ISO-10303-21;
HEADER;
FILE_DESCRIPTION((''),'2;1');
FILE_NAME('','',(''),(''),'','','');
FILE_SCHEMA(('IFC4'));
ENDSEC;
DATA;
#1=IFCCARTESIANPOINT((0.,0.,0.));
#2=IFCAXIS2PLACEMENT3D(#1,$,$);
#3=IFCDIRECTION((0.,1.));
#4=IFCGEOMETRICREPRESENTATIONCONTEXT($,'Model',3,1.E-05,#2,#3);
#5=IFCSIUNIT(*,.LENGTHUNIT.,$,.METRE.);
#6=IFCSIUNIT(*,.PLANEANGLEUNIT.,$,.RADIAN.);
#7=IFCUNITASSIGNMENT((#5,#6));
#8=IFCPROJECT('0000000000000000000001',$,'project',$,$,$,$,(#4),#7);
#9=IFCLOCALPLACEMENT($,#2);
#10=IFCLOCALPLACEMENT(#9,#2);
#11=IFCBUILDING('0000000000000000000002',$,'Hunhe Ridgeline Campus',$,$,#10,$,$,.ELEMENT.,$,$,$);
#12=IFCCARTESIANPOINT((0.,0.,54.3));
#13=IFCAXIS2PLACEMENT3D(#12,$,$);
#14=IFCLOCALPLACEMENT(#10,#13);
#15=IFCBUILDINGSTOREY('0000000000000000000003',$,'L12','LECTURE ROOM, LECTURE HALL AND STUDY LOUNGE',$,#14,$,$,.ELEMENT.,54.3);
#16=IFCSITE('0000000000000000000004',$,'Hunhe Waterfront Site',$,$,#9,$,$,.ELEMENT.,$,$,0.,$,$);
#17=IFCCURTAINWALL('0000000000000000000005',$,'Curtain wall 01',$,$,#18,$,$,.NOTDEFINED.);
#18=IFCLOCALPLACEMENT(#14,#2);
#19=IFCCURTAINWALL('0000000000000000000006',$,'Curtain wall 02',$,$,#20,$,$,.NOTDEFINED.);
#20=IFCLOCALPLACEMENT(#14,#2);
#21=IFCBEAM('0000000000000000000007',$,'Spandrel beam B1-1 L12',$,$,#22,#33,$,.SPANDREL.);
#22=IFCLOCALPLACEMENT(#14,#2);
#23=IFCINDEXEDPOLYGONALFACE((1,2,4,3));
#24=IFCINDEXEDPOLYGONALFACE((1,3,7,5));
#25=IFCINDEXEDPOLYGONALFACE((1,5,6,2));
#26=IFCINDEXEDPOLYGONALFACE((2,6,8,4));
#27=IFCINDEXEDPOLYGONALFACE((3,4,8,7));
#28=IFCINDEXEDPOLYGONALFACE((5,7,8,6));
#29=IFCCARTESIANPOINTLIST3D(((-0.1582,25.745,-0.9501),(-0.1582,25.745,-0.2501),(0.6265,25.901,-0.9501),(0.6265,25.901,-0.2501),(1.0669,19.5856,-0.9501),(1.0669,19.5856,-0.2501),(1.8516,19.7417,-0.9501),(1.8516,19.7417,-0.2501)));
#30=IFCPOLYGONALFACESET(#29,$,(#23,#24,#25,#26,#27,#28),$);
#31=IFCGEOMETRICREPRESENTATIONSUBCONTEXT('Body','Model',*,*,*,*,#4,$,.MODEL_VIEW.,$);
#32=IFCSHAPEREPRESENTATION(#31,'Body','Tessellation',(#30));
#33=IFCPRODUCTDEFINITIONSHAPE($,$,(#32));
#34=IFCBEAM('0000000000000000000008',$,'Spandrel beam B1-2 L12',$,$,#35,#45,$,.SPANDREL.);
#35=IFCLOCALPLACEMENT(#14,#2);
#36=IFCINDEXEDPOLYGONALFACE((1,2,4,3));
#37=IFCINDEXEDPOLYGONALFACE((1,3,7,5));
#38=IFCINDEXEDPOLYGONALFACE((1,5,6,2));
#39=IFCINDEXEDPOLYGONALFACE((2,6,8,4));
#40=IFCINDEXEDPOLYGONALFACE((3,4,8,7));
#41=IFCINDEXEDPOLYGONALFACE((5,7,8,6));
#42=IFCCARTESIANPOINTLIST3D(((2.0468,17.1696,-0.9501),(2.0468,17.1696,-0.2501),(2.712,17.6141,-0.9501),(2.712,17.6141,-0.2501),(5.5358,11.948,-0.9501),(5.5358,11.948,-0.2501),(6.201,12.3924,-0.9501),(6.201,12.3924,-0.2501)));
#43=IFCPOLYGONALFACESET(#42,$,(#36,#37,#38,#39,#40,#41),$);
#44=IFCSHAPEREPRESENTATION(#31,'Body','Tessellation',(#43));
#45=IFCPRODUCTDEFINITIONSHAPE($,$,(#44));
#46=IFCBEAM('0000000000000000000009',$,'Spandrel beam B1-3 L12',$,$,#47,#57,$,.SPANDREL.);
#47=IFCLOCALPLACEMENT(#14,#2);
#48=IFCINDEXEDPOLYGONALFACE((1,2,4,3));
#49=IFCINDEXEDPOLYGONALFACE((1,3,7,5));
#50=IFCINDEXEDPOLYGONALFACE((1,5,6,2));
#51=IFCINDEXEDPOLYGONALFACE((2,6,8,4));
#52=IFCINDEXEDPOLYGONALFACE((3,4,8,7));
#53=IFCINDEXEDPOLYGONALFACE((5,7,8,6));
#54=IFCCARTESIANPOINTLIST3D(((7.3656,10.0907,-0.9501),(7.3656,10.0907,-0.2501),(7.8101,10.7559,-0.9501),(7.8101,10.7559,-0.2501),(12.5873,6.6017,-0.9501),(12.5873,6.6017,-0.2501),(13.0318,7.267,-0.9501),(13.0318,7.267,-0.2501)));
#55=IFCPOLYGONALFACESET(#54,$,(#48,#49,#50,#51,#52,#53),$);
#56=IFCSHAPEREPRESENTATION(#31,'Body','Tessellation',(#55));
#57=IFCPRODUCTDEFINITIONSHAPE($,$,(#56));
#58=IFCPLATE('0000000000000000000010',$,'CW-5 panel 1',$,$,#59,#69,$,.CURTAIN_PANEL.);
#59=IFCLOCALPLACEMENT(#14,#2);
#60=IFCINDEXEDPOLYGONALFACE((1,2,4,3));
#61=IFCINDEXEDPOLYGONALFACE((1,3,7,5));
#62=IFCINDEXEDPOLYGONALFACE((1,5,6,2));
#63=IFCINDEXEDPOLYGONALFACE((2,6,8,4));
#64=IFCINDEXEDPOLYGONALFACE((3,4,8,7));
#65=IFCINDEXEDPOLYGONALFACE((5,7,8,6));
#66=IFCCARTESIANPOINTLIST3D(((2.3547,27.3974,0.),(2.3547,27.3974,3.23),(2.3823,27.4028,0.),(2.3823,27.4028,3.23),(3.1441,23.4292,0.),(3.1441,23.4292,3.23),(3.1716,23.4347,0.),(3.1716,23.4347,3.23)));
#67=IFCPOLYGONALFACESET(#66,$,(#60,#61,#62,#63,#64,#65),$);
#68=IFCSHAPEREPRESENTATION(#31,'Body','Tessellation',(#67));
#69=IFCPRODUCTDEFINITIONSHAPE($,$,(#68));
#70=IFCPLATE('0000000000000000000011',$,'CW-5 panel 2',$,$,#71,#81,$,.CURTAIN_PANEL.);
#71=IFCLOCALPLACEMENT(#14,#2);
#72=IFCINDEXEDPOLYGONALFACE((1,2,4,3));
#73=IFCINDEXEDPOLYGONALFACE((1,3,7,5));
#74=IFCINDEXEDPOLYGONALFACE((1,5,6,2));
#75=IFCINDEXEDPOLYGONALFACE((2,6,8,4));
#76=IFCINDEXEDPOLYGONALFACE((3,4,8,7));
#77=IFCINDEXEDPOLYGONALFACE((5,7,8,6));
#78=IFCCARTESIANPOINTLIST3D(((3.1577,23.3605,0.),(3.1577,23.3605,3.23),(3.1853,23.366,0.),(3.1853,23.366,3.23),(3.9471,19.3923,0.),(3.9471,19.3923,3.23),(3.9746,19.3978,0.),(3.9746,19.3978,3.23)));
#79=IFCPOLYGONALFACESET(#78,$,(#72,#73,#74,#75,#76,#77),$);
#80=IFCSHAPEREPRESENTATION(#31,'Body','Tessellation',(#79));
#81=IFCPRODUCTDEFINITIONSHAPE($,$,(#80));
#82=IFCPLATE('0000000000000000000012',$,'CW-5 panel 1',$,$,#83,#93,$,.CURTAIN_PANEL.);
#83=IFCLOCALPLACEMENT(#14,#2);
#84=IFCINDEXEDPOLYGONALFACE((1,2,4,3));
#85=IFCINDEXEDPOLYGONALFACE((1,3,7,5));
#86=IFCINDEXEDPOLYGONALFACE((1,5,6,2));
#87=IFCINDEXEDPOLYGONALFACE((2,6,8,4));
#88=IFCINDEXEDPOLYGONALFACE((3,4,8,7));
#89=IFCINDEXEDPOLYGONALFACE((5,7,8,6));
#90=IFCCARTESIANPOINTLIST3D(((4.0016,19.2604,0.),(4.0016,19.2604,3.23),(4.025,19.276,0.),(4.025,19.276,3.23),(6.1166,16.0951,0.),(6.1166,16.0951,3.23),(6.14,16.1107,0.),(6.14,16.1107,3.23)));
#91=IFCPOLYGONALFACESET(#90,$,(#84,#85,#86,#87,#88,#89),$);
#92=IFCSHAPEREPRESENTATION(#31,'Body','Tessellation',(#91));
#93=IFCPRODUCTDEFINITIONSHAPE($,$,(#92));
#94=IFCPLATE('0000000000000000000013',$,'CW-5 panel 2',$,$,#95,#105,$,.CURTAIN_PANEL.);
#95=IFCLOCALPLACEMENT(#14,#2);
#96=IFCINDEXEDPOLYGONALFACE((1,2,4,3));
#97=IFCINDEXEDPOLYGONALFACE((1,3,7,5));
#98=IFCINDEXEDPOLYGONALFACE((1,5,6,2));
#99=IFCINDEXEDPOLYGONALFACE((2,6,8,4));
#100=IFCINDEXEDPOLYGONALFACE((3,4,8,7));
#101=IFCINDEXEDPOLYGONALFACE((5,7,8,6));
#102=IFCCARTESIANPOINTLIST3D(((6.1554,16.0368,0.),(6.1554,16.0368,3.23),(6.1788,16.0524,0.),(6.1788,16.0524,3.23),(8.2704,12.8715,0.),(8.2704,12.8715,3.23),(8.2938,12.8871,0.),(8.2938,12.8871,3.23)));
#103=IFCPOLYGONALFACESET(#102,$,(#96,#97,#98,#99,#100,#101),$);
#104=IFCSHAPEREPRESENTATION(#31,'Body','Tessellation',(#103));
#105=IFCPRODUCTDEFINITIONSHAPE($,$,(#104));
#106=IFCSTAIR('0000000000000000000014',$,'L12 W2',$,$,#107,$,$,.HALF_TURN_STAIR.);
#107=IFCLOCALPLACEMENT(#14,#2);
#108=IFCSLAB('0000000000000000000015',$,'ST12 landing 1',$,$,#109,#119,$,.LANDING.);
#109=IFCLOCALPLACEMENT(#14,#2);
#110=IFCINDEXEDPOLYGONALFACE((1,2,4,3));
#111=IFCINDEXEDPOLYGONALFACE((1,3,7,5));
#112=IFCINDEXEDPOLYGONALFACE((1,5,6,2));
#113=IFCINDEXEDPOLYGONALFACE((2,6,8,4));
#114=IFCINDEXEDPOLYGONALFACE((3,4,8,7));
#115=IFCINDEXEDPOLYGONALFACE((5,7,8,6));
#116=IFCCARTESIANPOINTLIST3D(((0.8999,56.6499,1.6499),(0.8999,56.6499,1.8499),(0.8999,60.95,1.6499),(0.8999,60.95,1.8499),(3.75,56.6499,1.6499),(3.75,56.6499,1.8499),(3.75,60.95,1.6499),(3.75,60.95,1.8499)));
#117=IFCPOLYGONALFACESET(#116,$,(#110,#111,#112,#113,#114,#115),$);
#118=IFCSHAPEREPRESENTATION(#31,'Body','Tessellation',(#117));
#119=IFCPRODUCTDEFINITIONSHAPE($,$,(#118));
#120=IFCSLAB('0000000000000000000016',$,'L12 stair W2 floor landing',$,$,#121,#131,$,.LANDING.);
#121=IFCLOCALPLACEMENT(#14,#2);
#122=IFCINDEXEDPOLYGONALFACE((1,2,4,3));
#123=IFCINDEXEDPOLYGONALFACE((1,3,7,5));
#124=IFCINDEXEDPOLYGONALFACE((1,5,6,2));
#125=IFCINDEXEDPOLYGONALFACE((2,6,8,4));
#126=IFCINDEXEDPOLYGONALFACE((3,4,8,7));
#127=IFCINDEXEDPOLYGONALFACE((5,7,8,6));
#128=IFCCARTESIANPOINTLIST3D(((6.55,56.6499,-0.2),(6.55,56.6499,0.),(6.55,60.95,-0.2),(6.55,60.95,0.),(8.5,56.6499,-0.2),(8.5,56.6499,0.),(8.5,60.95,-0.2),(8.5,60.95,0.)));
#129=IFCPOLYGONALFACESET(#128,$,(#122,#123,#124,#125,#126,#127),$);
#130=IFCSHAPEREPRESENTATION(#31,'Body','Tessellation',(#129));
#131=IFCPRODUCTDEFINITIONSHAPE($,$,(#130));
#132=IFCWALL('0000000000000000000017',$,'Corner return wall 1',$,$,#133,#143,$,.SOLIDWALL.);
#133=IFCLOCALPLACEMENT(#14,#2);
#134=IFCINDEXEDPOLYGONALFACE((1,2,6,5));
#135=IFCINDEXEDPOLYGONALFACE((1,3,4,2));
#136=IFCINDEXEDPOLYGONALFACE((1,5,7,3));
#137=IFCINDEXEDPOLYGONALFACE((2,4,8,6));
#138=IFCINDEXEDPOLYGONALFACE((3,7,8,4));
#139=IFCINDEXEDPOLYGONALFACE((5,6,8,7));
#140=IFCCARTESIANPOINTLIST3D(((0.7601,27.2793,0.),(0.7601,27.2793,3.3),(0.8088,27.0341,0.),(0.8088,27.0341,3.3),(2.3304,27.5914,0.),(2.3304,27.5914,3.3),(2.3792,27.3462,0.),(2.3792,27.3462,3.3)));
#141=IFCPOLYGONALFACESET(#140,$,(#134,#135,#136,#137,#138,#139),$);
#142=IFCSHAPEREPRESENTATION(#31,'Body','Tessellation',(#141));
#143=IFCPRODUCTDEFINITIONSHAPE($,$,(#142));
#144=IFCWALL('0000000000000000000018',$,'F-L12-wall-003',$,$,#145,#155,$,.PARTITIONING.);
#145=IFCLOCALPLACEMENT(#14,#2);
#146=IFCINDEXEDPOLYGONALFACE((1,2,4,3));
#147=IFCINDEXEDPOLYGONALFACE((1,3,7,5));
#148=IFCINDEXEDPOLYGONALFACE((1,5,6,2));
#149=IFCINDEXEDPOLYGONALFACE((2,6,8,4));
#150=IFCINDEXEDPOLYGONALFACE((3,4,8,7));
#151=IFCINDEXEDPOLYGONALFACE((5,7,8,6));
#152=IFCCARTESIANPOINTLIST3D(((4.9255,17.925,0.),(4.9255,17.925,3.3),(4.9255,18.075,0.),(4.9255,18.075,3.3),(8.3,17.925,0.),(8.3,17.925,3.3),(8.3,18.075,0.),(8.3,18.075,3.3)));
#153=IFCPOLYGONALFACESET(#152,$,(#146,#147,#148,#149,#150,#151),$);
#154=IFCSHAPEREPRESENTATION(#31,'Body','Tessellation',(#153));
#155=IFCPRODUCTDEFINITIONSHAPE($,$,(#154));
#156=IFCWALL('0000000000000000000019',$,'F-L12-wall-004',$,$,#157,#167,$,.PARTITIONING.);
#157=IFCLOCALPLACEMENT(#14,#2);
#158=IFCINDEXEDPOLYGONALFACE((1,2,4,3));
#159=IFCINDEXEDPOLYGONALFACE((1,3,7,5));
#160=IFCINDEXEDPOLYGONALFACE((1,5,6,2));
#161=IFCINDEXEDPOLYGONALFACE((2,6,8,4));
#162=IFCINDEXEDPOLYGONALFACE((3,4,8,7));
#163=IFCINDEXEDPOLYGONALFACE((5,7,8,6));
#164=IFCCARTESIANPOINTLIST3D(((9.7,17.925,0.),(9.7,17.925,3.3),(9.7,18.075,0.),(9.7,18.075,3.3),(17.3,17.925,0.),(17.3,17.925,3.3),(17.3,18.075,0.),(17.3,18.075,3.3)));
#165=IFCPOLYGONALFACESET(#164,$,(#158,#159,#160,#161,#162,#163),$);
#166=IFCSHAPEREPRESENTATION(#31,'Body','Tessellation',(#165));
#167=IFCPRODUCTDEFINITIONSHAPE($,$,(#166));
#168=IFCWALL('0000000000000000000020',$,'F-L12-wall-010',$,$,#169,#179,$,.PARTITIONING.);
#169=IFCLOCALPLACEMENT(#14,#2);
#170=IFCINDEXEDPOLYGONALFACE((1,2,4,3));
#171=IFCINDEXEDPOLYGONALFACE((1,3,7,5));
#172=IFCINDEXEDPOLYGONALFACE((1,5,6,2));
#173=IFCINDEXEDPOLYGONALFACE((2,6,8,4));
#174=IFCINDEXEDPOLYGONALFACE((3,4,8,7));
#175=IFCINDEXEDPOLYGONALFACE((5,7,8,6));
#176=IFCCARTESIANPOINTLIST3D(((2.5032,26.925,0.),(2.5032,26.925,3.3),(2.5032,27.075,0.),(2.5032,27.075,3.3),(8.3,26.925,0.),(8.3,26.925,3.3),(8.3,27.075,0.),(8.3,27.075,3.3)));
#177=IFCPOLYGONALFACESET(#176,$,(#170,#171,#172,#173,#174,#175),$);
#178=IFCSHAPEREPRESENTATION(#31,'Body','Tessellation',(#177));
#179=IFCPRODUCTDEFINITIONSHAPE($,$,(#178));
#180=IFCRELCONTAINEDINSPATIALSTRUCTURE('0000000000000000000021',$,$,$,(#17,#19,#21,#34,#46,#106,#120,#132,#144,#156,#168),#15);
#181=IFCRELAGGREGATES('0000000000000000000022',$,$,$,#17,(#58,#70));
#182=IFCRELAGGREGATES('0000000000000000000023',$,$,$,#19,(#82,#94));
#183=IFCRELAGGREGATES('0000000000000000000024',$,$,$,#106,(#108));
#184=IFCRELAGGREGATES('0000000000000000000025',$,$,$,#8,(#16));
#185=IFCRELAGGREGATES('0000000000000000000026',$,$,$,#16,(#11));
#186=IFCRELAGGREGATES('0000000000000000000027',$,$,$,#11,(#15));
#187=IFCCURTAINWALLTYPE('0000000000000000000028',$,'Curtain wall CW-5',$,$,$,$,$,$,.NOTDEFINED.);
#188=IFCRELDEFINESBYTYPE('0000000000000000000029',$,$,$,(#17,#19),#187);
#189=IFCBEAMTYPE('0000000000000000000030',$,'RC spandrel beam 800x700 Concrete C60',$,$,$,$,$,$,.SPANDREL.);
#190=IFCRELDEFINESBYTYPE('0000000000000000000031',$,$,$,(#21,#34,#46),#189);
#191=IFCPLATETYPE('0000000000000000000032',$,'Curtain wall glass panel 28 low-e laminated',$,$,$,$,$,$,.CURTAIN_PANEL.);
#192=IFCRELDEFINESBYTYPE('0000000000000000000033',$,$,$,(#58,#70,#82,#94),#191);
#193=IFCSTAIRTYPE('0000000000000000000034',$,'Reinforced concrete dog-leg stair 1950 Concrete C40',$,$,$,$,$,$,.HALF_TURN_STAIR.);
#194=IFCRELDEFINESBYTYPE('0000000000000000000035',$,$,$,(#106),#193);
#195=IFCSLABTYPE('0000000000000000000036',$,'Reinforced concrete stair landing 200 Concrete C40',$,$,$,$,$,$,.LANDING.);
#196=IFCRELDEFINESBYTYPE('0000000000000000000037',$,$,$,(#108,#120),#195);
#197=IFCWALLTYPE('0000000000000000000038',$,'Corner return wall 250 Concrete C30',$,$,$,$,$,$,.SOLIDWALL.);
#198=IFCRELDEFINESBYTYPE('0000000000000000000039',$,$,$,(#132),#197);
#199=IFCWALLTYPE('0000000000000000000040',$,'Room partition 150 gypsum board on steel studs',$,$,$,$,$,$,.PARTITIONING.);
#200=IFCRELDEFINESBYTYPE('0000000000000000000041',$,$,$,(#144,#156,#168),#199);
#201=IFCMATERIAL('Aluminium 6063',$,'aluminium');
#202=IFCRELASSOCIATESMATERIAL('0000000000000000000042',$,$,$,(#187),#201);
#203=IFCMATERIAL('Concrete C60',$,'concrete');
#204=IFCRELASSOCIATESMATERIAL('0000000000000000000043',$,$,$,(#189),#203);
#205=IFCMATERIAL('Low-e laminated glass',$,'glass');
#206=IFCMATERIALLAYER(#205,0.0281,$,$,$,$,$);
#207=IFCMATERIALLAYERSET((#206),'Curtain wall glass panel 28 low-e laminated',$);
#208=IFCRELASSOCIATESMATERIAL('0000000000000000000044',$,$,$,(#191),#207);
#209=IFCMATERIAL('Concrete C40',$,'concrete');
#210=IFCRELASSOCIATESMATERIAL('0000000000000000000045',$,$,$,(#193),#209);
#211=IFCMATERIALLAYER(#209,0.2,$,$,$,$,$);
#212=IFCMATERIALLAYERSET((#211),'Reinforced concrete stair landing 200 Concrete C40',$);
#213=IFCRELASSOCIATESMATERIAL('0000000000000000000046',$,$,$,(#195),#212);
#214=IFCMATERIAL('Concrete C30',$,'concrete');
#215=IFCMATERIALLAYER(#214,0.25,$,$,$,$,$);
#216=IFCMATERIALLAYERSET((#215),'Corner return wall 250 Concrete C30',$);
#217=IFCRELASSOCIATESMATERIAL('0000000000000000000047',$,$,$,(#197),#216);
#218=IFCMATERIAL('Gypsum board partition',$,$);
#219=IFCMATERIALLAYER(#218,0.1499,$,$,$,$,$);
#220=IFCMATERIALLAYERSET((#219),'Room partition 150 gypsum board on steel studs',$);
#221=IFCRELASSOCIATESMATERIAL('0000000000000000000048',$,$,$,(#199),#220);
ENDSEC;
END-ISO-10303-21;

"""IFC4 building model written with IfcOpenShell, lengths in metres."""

from ifc_helpers import new_model, si_unit, direction, frame, frame_2d, origin, origin_2d, place, context, subcontext, project, spatial, polyline, rectangle, outline, extrude, material, layer, layer_set, material_profile, profile_set, type_object, element, aggregate, save


model = new_model("IFC4")

# Units and contexts
model_context = context("Model", 3, precision=1e-05, world=origin(), true_north=direction((0.0, 1.0)))
body_context = subcontext(model_context, "Body", "Model", "MODEL_VIEW")
ifc_project = project(units=[si_unit("LENGTHUNIT", "METRE"), si_unit("PLANEANGLEUNIT", "RADIAN")], contexts=[model_context])

# Site, building, storey
site_placement = place(None, origin())
site = spatial("IfcSite", under=ifc_project, at=site_placement, Name="Hunhe Waterfront Site", CompositionType="ELEMENT", RefElevation=0.0)
building_placement = place(site_placement, origin())
building = spatial("IfcBuilding", under=site, at=building_placement, Name="Hunhe Ridgeline Campus", CompositionType="ELEMENT")
storey_placement = place(building_placement, frame((0.0, 0.0, 54.3)))
storey = spatial("IfcBuildingStorey", under=building, at=storey_placement, Name="L12", Description="LECTURE ROOM, LECTURE HALL AND STUDY LOUNGE", CompositionType="ELEMENT", Elevation=54.3)

# Curtain walls
ifc_material_1 = material(Name="Aluminium 6063", Category="aluminium")
curtain_wall_type = type_object("IfcCurtainWallType", Name="Curtain wall CW-5", PredefinedType="NOTDEFINED", material=ifc_material_1)
curtain_wall_1_placement = place(storey_placement, origin())
curtain_wall_1 = element("IfcCurtainWall", 1, at=curtain_wall_1_placement, inside=storey, type_object=curtain_wall_type, Name="Curtain wall 01", PredefinedType="NOTDEFINED")
curtain_wall_2_placement = place(storey_placement, origin())
curtain_wall_2 = element("IfcCurtainWall", 2, at=curtain_wall_2_placement, inside=storey, type_object=curtain_wall_type, Name="Curtain wall 02", PredefinedType="NOTDEFINED")

# Beams
ifc_material_2 = material(Name="Concrete C60", Category="concrete")
ifc_material_profile_1 = material_profile(ifc_material_2, rectangle(XDim=0.8, YDim=0.7, at=origin_2d()))
ifc_profile_set_1 = profile_set([ifc_material_profile_1], Name="Concrete C60")
beam_type = type_object("IfcBeamType", Name="RC spandrel beam 800x700 Concrete C60", PredefinedType="SPANDREL", material=ifc_profile_set_1)
for number, where, z_axis, x_axis, name in (
    (3, (0.2341, 25.823, -0.6001), (0.195077, -0.980788, 0.0), (0.980788, 0.195077, 0.0), "Spandrel beam B1-1 L12"),
    (4, (2.3794, 17.3918, -0.6001), (0.55557, -0.83147, 0.0), (0.83147, 0.55557, 0.0), "Spandrel beam B1-2 L12"),
    (5, (7.5879, 10.4233, -0.6001), (0.83147, -0.55557, 0.0), (0.55557, 0.83147, 0.0), "Spandrel beam B1-3 L12"),
):
    element("IfcBeam", number, at=place(storey_placement, frame(where, z_axis=z_axis, x_axis=x_axis)), inside=storey, type_object=beam_type, Name=name, PredefinedType="SPANDREL", context=body_context, shape_type="SweptSolid", body=[
        extrude(rectangle(XDim=0.8, YDim=0.7, at=origin_2d()), origin(), (0.0, 0.0, 1.0), 6.28),
    ])

# Plates
ifc_material_3 = material(Name="Low-e laminated glass", Category="glass")
ifc_layer_1 = layer(ifc_material_3, 0.0281)
ifc_layer_set_1 = layer_set([ifc_layer_1], Name="Curtain wall glass panel 28 low-e laminated")
plate_type = type_object("IfcPlateType", Name="Curtain wall glass panel 28 low-e laminated", PredefinedType="CURTAIN_PANEL", material=ifc_layer_set_1)
plate_1_placement = place(storey_placement, frame((2.7632, 25.416, 0.0), z_axis=(0.0, 0.0, 1.0), x_axis=(0.195095, -0.980784, 0.0)))
plate_1 = element("IfcPlate", 6, at=plate_1_placement, type_object=plate_type, Name="CW-5 panel 1", PredefinedType="CURTAIN_PANEL", context=body_context, shape_type="SweptSolid", body=[
    extrude(rectangle(XDim=4.0459, YDim=0.0281, at=origin_2d()), origin(), (0.0, 0.0, 1.0), 3.23),
])
plate_2_placement = place(storey_placement, frame((3.5662, 21.3792, 0.0), z_axis=(0.0, 0.0, 1.0), x_axis=(0.195095, -0.980784, 0.0)))
plate_2 = element("IfcPlate", 7, at=plate_2_placement, type_object=plate_type, Name="CW-5 panel 2", PredefinedType="CURTAIN_PANEL", context=body_context, shape_type="SweptSolid", body=[
    extrude(rectangle(XDim=4.0459, YDim=0.0281, at=origin_2d()), origin(), (0.0, 0.0, 1.0), 3.23),
])
aggregate(curtain_wall_1, [plate_1, plate_2])
plate_3_placement = place(storey_placement, frame((5.0708, 17.6855, 0.0), z_axis=(0.0, 0.0, 1.0), x_axis=(0.55557, -0.83147, 0.0)))
plate_3 = element("IfcPlate", 8, at=plate_3_placement, type_object=plate_type, Name="CW-5 panel 1", PredefinedType="CURTAIN_PANEL", context=body_context, shape_type="SweptSolid", body=[
    extrude(rectangle(XDim=3.8069, YDim=0.0281, at=origin_2d()), origin(), (0.0, 0.0, 1.0), 3.23),
])
plate_4_placement = place(storey_placement, frame((7.2246, 14.4619, 0.0), z_axis=(0.0, 0.0, 1.0), x_axis=(0.55557, -0.83147, 0.0)))
plate_4 = element("IfcPlate", 9, at=plate_4_placement, type_object=plate_type, Name="CW-5 panel 2", PredefinedType="CURTAIN_PANEL", context=body_context, shape_type="SweptSolid", body=[
    extrude(rectangle(XDim=3.8069, YDim=0.0281, at=origin_2d()), origin(), (0.0, 0.0, 1.0), 3.23),
])
aggregate(curtain_wall_2, [plate_3, plate_4])

# Stair, slab
ifc_material_4 = material(Name="Concrete C40", Category="concrete")
stair_type = type_object("IfcStairType", Name="Reinforced concrete dog-leg stair 1950 Concrete C40", PredefinedType="HALF_TURN_STAIR", material=ifc_material_4)
stair_placement = place(storey_placement, origin())
stair = element("IfcStair", 10, at=stair_placement, inside=storey, type_object=stair_type, Name="L12 W2", PredefinedType="HALF_TURN_STAIR")
ifc_layer_2 = layer(ifc_material_4, 0.2)
ifc_layer_set_2 = layer_set([ifc_layer_2], Name="Reinforced concrete stair landing 200 Concrete C40")
slab_type = type_object("IfcSlabType", Name="Reinforced concrete stair landing 200 Concrete C40", PredefinedType="LANDING", material=ifc_layer_set_2)
slab_1_placement = place(storey_placement, frame((0.0, 0.0, 1.6499)))
slab_1 = element("IfcSlab", 11, at=slab_1_placement, type_object=slab_type, Name="ST12 landing 1", PredefinedType="LANDING", context=body_context, shape_type="SweptSolid", body=[
    extrude(outline(polyline([(3.75, 60.95), (0.8999, 60.95), (0.8999, 56.6499), (3.75, 56.6499), (3.75, 60.95)])), origin(), (0.0, 0.0, 1.0), 0.2),
])
aggregate(stair, [slab_1])

# Slab
slab_2_placement = place(storey_placement, frame((0.0, 0.0, -0.2)))
element("IfcSlab", 12, at=slab_2_placement, inside=storey, type_object=slab_type, Name="L12 stair W2 floor landing", PredefinedType="LANDING", context=body_context, shape_type="SweptSolid", body=[
    extrude(outline(polyline([(8.5, 60.95), (6.55, 60.95), (6.55, 56.6499), (8.5, 56.6499), (8.5, 60.95)])), origin(), (0.0, 0.0, 1.0), 0.2),
])

# Walls
ifc_material_5 = material(Name="Concrete C30", Category="concrete")
ifc_layer_3 = layer(ifc_material_5, 0.25)
ifc_layer_set_3 = layer_set([ifc_layer_3], Name="Corner return wall 250 Concrete C30")
wall_type_1 = type_object("IfcWallType", Name="Corner return wall 250 Concrete C30", PredefinedType="SOLIDWALL", material=ifc_layer_set_3)
wall_1_placement = place(storey_placement, frame((0.7844, 27.1567, 0.0), z_axis=(0.0, 0.0, 1.0), x_axis=(0.980826, 0.194884, 0.0)))
element("IfcWall", 13, at=wall_1_placement, inside=storey, type_object=wall_type_1, Name="Corner return wall 1", PredefinedType="SOLIDWALL", context=body_context, shape_type="SweptSolid", body=[
    extrude(rectangle(XDim=1.6011, YDim=0.25, at=frame_2d((0.8005, 0.0))), origin(), (0.0, 0.0, 1.0), 3.3),
])
ifc_material_6 = material(Name="Gypsum board partition")
ifc_layer_4 = layer(ifc_material_6, 0.1499)
ifc_layer_set_4 = layer_set([ifc_layer_4], Name="Room partition 150 gypsum board on steel studs")
wall_type_2 = type_object("IfcWallType", Name="Room partition 150 gypsum board on steel studs", PredefinedType="PARTITIONING", material=ifc_layer_set_4)
wall_2_placement = place(storey_placement, frame((4.9255, 18.0, 0.0), z_axis=(0.0, 0.0, 1.0), x_axis=(1.0, 0.0, 0.0)))
element("IfcWall", 14, at=wall_2_placement, inside=storey, type_object=wall_type_2, Name="F-L12-wall-003", PredefinedType="PARTITIONING", context=body_context, shape_type="SweptSolid", body=[
    extrude(rectangle(XDim=3.3745, YDim=0.1499, at=frame_2d((1.6873, 0.0))), origin(), (0.0, 0.0, 1.0), 3.3),
])
wall_3_placement = place(storey_placement, frame((9.7, 18.0, 0.0), z_axis=(0.0, 0.0, 1.0), x_axis=(1.0, 0.0, 0.0)))
element("IfcWall", 15, at=wall_3_placement, inside=storey, type_object=wall_type_2, Name="F-L12-wall-004", PredefinedType="PARTITIONING", context=body_context, shape_type="SweptSolid", body=[
    extrude(rectangle(XDim=7.6001, YDim=0.1499, at=frame_2d((3.8, 0.0))), origin(), (0.0, 0.0, 1.0), 3.3),
])
wall_4_placement = place(storey_placement, frame((2.5032, 27.0, 0.0), z_axis=(0.0, 0.0, 1.0), x_axis=(1.0, 0.0, 0.0)))
element("IfcWall", 16, at=wall_4_placement, inside=storey, type_object=wall_type_2, Name="F-L12-wall-010", PredefinedType="PARTITIONING", context=body_context, shape_type="SweptSolid", body=[
    extrude(rectangle(XDim=5.7969, YDim=0.1499, at=frame_2d((2.8984, 0.0))), origin(), (0.0, 0.0, 1.0), 3.3),
])

save(model, "model.ifc")
